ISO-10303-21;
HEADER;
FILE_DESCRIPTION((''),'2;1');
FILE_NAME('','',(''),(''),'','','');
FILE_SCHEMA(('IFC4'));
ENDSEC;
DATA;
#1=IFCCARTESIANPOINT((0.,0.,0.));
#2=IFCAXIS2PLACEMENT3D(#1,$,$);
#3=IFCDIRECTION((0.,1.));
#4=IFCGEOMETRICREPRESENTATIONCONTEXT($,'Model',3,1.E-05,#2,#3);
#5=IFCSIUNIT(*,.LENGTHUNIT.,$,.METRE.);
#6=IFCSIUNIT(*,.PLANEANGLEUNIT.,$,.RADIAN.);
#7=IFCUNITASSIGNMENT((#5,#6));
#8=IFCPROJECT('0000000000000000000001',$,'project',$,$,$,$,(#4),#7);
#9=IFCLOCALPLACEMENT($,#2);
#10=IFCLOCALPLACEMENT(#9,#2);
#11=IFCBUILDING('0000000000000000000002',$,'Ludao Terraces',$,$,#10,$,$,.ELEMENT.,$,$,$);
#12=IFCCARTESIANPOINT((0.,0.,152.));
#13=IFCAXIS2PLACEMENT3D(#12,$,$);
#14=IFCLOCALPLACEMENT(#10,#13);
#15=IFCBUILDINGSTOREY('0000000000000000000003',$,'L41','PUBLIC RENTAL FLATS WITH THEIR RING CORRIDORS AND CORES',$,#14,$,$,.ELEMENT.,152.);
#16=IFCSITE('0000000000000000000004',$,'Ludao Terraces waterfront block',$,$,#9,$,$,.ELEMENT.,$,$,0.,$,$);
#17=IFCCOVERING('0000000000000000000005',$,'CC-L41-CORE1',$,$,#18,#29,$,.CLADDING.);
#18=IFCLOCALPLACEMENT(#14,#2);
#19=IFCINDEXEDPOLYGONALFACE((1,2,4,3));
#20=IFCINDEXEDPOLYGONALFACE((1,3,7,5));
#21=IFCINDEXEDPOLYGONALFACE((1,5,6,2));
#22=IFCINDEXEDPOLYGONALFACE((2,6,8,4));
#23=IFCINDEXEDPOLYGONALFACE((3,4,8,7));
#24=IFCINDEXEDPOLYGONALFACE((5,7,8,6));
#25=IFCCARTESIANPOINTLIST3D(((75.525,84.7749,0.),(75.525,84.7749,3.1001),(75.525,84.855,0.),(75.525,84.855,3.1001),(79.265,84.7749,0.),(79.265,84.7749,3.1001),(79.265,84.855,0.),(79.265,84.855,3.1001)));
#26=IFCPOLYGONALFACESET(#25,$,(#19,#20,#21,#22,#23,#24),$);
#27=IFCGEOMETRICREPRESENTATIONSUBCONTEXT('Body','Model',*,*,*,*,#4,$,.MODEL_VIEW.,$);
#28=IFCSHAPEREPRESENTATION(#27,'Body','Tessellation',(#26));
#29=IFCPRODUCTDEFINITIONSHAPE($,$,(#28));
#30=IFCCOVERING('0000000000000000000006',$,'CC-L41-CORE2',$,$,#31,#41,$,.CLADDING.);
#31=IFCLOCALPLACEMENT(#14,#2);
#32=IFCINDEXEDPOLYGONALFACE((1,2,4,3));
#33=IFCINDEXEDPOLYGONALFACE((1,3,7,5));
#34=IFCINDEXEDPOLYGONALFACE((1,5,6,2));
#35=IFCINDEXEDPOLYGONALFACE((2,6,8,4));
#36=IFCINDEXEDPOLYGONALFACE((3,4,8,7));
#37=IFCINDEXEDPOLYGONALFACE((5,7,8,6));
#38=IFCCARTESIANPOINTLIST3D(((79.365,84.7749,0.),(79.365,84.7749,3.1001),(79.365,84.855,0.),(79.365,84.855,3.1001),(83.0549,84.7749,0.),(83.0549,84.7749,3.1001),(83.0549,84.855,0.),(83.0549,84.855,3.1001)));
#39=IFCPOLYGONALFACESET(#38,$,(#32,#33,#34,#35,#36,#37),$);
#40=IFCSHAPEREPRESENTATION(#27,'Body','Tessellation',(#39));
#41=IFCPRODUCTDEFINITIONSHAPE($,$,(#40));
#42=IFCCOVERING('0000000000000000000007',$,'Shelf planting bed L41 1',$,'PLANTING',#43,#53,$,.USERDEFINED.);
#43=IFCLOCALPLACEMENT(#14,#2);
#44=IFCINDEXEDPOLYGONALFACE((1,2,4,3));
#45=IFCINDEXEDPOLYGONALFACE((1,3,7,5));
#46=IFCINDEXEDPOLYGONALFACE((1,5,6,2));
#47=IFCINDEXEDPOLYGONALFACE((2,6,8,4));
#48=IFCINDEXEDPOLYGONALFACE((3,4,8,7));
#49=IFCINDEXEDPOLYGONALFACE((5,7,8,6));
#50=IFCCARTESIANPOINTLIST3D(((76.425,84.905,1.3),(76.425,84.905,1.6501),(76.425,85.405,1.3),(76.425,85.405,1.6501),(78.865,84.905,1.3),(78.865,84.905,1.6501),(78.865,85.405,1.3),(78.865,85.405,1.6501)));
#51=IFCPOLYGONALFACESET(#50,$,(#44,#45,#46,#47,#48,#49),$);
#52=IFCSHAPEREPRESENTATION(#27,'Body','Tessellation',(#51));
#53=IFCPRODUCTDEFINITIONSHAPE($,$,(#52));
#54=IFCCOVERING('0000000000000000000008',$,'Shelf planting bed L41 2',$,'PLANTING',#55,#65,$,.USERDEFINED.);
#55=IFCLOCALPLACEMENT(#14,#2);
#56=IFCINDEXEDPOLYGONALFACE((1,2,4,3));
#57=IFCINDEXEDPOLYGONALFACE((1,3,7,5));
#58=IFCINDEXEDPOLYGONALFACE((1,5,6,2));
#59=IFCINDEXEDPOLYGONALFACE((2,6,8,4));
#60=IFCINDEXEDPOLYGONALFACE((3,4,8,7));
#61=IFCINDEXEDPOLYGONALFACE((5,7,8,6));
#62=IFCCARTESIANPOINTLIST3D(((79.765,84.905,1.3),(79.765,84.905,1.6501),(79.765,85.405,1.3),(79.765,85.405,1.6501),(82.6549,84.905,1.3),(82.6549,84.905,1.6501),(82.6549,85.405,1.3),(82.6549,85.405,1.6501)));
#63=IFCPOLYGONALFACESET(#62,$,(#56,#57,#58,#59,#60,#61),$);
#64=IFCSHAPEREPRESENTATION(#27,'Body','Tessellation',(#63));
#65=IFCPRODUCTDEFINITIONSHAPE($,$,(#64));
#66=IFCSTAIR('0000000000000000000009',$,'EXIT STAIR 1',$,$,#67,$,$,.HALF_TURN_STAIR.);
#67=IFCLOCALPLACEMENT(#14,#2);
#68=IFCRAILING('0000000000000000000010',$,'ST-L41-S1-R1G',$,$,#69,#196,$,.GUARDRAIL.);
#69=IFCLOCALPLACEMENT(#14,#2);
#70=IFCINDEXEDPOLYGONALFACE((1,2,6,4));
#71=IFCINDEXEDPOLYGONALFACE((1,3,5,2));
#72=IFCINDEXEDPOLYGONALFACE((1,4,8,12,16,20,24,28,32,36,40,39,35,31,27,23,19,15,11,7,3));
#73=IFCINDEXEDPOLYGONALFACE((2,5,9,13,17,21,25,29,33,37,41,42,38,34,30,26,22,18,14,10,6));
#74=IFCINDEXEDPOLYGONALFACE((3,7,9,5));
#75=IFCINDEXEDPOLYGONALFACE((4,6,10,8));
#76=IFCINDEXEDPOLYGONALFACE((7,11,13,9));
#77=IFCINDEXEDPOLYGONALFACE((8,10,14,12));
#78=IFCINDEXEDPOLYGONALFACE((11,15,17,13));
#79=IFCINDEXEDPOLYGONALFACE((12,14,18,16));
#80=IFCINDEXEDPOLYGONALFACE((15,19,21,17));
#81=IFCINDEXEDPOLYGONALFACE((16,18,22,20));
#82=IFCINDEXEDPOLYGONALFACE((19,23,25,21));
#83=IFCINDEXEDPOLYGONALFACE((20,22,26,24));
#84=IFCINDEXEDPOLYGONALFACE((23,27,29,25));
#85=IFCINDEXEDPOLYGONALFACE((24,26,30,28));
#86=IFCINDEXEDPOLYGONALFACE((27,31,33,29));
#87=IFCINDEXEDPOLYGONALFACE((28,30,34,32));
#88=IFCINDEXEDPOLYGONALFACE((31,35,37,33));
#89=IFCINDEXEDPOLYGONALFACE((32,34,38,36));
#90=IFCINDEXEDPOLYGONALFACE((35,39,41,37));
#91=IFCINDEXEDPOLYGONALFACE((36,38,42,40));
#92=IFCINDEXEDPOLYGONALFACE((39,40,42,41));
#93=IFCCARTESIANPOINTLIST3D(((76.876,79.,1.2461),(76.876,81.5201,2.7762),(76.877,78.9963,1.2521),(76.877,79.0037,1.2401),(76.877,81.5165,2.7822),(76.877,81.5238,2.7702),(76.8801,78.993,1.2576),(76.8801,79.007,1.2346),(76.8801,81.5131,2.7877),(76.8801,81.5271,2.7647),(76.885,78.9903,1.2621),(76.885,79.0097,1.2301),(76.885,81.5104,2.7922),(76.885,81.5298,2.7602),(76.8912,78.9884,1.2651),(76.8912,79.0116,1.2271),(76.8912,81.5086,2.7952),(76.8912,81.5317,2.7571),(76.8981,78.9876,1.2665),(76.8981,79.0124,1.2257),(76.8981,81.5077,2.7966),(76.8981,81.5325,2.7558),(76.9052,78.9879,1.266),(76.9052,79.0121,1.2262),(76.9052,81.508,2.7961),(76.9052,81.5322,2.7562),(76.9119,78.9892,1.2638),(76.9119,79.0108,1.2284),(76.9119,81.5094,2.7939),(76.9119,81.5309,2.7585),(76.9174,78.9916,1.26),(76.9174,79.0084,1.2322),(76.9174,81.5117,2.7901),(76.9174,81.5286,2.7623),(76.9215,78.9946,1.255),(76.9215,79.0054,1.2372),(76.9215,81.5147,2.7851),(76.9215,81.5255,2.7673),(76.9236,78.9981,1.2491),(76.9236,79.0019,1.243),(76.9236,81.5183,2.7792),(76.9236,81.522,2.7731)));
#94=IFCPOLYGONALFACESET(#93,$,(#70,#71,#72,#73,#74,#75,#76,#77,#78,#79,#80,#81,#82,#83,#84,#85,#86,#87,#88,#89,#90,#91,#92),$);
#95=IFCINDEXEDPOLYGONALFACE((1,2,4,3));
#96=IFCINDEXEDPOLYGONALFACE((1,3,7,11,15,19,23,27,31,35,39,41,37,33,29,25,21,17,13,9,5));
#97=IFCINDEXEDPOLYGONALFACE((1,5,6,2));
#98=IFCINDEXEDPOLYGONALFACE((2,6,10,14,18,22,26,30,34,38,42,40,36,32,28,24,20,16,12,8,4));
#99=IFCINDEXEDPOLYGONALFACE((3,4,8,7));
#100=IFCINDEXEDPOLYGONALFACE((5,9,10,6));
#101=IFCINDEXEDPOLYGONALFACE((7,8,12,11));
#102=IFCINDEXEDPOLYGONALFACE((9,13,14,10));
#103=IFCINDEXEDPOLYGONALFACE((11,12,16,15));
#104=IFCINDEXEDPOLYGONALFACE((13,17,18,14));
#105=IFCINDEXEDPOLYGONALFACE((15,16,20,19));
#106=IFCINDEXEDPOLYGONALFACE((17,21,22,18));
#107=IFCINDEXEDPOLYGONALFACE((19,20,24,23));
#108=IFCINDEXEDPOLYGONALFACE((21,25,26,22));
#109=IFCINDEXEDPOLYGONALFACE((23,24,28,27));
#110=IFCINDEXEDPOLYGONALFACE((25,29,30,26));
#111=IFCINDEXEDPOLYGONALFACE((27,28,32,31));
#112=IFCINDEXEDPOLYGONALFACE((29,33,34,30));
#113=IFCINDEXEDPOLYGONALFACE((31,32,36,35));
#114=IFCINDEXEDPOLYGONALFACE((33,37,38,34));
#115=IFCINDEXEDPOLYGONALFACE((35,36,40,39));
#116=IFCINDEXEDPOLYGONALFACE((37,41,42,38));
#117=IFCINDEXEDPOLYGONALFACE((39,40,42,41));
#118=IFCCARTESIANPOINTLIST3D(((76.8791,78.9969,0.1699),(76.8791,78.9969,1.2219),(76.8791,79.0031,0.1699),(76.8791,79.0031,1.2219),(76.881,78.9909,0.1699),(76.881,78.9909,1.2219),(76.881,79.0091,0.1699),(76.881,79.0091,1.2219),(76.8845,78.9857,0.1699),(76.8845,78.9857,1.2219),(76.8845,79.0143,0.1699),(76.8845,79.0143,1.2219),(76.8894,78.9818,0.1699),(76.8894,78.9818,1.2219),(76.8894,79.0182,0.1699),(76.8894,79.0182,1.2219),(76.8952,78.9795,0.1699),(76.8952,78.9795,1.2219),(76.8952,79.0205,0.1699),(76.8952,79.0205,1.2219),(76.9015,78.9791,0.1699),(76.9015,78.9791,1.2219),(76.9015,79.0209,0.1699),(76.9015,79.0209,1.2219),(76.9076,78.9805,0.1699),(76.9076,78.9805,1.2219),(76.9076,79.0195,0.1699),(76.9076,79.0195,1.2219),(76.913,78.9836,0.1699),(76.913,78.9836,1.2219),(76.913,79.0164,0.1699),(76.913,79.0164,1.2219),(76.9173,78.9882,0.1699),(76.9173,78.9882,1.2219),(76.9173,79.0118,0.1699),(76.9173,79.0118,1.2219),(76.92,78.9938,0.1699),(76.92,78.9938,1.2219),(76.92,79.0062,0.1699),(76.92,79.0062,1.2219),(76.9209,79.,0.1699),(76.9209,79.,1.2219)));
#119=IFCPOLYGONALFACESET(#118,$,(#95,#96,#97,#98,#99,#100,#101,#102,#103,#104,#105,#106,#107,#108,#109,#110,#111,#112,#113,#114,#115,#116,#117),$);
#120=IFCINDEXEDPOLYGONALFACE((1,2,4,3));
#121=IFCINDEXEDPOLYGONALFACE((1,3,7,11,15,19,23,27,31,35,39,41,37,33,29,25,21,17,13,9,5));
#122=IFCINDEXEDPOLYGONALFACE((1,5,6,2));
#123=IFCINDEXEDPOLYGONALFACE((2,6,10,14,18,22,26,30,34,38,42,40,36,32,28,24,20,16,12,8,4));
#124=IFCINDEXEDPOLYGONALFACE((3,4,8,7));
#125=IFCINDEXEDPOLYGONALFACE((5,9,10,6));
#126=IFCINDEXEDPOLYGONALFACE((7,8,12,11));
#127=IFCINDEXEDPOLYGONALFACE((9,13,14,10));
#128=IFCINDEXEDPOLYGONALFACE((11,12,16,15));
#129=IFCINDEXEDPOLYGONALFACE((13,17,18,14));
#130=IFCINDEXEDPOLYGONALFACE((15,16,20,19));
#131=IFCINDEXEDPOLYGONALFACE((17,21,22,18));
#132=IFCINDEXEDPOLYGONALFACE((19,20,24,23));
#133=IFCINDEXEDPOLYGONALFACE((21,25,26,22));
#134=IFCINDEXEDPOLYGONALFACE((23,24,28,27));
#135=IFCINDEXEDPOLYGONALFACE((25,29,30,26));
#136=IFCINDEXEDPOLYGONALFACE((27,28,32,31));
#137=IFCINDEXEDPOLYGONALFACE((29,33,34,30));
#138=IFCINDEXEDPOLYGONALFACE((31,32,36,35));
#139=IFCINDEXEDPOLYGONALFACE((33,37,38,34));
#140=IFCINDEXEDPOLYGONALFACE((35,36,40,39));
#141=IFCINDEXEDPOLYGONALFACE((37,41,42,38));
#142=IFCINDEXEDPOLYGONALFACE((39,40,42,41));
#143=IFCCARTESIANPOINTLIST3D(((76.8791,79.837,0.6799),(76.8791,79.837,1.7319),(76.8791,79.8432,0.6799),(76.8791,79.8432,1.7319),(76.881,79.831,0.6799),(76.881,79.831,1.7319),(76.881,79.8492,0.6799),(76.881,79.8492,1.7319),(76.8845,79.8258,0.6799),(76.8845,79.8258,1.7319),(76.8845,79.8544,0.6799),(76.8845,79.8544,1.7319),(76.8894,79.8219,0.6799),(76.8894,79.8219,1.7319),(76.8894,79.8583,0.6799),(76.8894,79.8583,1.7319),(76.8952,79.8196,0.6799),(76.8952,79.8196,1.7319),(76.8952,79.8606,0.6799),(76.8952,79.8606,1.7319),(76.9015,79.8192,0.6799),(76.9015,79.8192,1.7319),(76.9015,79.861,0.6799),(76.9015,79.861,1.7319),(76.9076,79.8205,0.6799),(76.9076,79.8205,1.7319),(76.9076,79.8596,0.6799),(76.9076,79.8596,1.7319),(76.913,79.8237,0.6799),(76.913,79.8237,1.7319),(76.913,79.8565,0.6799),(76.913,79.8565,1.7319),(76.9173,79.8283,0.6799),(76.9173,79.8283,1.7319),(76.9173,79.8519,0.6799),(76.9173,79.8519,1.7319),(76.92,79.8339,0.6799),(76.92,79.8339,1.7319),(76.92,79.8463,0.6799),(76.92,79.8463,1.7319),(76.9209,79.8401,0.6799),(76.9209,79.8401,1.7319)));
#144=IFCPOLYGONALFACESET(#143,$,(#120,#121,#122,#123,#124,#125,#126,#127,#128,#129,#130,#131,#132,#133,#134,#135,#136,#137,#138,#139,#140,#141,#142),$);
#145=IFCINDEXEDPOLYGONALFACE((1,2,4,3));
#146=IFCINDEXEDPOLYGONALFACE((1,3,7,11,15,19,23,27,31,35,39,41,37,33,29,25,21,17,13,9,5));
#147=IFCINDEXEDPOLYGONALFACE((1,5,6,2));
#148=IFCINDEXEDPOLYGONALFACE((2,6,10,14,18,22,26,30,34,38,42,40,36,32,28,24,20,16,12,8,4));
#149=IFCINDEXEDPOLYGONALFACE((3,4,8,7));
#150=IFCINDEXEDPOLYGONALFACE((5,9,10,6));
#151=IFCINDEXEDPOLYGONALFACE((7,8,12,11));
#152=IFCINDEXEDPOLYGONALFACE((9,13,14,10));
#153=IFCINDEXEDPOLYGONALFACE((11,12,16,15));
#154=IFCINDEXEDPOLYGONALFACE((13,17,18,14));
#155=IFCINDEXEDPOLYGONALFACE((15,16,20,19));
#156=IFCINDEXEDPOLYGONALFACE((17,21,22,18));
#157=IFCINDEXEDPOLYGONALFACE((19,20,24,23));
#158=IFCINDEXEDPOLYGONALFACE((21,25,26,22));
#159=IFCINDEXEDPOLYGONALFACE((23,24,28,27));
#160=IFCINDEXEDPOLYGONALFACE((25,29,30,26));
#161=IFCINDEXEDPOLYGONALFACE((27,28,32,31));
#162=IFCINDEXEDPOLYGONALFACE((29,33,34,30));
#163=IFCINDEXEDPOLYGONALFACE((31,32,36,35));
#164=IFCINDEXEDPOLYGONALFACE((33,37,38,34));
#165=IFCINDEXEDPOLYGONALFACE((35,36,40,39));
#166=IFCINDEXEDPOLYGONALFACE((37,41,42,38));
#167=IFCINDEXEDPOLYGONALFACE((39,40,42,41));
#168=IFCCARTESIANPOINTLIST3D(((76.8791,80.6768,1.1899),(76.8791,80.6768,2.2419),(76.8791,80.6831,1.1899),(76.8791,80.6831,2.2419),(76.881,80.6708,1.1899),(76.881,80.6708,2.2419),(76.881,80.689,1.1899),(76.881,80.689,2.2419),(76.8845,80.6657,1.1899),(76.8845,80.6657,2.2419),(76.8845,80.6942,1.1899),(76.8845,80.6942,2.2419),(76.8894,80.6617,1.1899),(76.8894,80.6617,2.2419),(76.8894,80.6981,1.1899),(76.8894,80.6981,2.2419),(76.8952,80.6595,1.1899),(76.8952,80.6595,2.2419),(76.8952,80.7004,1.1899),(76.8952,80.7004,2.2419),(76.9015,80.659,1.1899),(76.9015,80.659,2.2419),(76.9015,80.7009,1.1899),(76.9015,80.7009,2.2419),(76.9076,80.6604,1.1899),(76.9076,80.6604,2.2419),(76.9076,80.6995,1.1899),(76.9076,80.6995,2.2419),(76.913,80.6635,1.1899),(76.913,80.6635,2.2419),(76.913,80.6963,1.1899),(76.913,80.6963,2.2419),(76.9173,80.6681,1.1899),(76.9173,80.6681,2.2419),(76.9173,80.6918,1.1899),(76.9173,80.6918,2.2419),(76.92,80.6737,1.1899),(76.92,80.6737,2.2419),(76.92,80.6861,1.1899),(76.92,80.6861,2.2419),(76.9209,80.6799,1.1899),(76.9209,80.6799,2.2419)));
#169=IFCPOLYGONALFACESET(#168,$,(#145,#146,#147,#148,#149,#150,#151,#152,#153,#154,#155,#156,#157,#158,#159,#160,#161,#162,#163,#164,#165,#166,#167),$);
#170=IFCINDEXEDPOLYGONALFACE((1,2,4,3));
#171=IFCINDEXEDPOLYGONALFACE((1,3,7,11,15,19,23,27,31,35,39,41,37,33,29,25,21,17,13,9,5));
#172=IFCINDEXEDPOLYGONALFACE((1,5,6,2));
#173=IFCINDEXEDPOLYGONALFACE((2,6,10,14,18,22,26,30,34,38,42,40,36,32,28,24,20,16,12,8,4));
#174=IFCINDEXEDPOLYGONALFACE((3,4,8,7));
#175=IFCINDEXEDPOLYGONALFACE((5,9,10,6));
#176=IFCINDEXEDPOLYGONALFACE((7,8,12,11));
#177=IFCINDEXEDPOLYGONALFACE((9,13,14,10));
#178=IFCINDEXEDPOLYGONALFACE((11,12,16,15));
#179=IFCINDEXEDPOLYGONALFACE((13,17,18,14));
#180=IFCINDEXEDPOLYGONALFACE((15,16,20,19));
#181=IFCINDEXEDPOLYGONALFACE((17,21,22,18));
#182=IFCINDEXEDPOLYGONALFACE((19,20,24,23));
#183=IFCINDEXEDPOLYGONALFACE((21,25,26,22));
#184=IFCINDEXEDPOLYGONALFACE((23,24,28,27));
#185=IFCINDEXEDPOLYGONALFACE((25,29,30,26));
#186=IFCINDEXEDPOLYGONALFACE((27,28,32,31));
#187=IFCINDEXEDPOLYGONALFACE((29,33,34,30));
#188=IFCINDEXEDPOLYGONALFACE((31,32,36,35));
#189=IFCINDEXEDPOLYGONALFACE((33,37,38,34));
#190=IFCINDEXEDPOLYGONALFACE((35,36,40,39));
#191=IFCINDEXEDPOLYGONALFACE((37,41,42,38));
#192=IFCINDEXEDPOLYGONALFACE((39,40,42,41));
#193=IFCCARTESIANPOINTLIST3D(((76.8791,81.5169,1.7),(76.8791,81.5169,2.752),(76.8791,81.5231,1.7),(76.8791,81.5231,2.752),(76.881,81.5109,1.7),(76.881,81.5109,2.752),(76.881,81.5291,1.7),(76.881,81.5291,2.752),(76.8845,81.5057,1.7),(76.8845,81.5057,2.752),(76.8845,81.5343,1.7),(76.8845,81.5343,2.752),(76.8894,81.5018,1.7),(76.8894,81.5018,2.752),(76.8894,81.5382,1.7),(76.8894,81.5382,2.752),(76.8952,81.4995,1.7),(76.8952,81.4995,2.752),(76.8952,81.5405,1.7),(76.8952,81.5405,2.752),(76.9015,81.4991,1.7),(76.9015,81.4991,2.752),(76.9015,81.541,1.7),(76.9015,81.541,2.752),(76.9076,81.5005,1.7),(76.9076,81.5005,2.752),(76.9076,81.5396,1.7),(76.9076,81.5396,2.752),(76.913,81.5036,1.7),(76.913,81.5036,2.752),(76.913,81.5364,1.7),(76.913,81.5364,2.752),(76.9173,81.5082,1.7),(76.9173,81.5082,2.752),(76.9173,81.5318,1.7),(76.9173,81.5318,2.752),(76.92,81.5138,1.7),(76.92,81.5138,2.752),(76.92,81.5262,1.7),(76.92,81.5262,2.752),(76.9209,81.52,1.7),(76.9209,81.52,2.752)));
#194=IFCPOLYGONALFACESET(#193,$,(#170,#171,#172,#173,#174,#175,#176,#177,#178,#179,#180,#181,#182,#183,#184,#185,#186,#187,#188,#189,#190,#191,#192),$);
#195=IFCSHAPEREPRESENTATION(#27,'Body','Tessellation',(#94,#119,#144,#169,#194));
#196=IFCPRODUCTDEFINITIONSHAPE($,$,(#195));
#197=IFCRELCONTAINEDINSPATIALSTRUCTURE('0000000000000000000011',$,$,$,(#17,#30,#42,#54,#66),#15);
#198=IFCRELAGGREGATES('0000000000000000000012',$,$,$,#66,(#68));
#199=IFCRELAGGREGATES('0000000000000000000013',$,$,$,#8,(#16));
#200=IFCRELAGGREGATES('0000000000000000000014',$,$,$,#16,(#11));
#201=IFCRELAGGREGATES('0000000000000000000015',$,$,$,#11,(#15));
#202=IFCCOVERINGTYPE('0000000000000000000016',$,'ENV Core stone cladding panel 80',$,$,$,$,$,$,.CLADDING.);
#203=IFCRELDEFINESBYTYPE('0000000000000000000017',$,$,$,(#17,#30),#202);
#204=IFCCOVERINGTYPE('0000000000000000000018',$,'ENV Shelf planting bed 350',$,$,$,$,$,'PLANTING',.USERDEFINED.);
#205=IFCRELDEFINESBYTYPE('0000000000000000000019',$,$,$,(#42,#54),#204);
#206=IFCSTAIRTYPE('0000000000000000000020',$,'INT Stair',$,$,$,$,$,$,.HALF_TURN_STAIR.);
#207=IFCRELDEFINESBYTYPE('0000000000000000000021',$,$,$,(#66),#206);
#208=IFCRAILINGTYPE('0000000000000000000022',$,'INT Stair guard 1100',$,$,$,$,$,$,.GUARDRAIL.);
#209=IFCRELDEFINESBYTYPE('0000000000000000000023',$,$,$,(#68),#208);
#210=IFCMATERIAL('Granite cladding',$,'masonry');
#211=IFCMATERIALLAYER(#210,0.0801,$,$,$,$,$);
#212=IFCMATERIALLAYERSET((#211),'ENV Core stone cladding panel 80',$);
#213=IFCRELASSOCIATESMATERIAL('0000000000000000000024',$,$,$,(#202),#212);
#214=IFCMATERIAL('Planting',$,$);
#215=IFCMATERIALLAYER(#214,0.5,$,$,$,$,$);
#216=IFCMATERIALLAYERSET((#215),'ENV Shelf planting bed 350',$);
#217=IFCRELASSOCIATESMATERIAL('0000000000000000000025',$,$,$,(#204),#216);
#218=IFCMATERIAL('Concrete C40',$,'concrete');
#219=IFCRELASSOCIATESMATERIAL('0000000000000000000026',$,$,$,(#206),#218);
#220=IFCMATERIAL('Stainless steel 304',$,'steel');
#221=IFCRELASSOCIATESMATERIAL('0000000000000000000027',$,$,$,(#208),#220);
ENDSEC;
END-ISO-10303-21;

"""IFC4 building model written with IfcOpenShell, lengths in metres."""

from ifc_helpers import new_model, si_unit, direction, frame, origin, origin_2d, place, context, subcontext, project, spatial, rectangle, circle, extrude, material, layer, layer_set, type_object, element, aggregate, save


model = new_model("IFC4")

# Units and contexts
model_context = context("Model", 3, precision=1e-05, world=origin(), true_north=direction((0.0, 1.0)))
body_context = subcontext(model_context, "Body", "Model", "MODEL_VIEW")
ifc_project = project(units=[si_unit("LENGTHUNIT", "METRE"), si_unit("PLANEANGLEUNIT", "RADIAN")], contexts=[model_context])

# Site, building, storey
site_placement = place(None, origin())
site = spatial("IfcSite", under=ifc_project, at=site_placement, Name="Ludao Terraces waterfront block", CompositionType="ELEMENT", RefElevation=0.0)
building_placement = place(site_placement, origin())
building = spatial("IfcBuilding", under=site, at=building_placement, Name="Ludao Terraces", CompositionType="ELEMENT")
storey_placement = place(building_placement, frame((0.0, 0.0, 152.0)))
storey = spatial("IfcBuildingStorey", under=building, at=storey_placement, Name="L41", Description="PUBLIC RENTAL FLATS WITH THEIR RING CORRIDORS AND CORES", CompositionType="ELEMENT", Elevation=152.0)

# Shared definitions
ifc_material_1 = material(Name="Stainless steel 304", Category="steel")

# Coverings
ifc_material_2 = material(Name="Granite cladding", Category="masonry")
ifc_layer_1 = layer(ifc_material_2, 0.0801)
ifc_layer_set_1 = layer_set([ifc_layer_1], Name="ENV Core stone cladding panel 80")
covering_type_1 = type_object("IfcCoveringType", Name="ENV Core stone cladding panel 80", PredefinedType="CLADDING", material=ifc_layer_set_1)
covering_1_placement = place(storey_placement, frame((77.395, 84.8149, 0.0), z_axis=(0.0, 0.0, 1.0), x_axis=(1.0, 0.0, 0.0)))
element("IfcCovering", 1, at=covering_1_placement, inside=storey, type_object=covering_type_1, Name="CC-L41-CORE1", PredefinedType="CLADDING", context=body_context, shape_type="SweptSolid", body=[
    extrude(rectangle(XDim=3.74, YDim=0.0801, at=origin_2d()), origin(), (0.0, 0.0, 1.0), 3.1001),
])
covering_2_placement = place(storey_placement, frame((81.21, 84.8149, 0.0), z_axis=(0.0, 0.0, 1.0), x_axis=(1.0, 0.0, 0.0)))
element("IfcCovering", 2, at=covering_2_placement, inside=storey, type_object=covering_type_1, Name="CC-L41-CORE2", PredefinedType="CLADDING", context=body_context, shape_type="SweptSolid", body=[
    extrude(rectangle(XDim=3.6899, YDim=0.0801, at=origin_2d()), origin(), (0.0, 0.0, 1.0), 3.1001),
])
ifc_material_3 = material(Name="Planting")
ifc_layer_2 = layer(ifc_material_3, 0.5)
ifc_layer_set_2 = layer_set([ifc_layer_2], Name="ENV Shelf planting bed 350")
covering_type_2 = type_object("IfcCoveringType", Name="ENV Shelf planting bed 350", ElementType="PLANTING", PredefinedType="USERDEFINED", material=ifc_layer_set_2)
covering_3_placement = place(storey_placement, frame((77.645, 85.155, 1.3), z_axis=(0.0, 0.0, 1.0), x_axis=(1.0, 0.0, 0.0)))
element("IfcCovering", 3, at=covering_3_placement, inside=storey, type_object=covering_type_2, Name="Shelf planting bed L41 1", ObjectType="PLANTING", PredefinedType="USERDEFINED", context=body_context, shape_type="SweptSolid", body=[
    extrude(rectangle(XDim=2.4399, YDim=0.5, at=origin_2d()), origin(), (0.0, 0.0, 1.0), 0.3501),
])
covering_4_placement = place(storey_placement, frame((81.21, 85.155, 1.3), z_axis=(0.0, 0.0, 1.0), x_axis=(1.0, 0.0, 0.0)))
element("IfcCovering", 4, at=covering_4_placement, inside=storey, type_object=covering_type_2, Name="Shelf planting bed L41 2", ObjectType="PLANTING", PredefinedType="USERDEFINED", context=body_context, shape_type="SweptSolid", body=[
    extrude(rectangle(XDim=2.8899, YDim=0.5, at=origin_2d()), origin(), (0.0, 0.0, 1.0), 0.3501),
])

# Stair, railing
ifc_material_4 = material(Name="Concrete C40", Category="concrete")
stair_type = type_object("IfcStairType", Name="INT Stair", PredefinedType="HALF_TURN_STAIR", material=ifc_material_4)
stair_placement = place(storey_placement, origin())
stair = element("IfcStair", 5, at=stair_placement, inside=storey, type_object=stair_type, Name="EXIT STAIR 1", PredefinedType="HALF_TURN_STAIR")
railing_type_1 = type_object("IfcRailingType", Name="INT Stair guard 1100", PredefinedType="GUARDRAIL", material=ifc_material_1)
railing_1_placement = place(storey_placement, frame((76.8999, 79.0, 0.1699)))
railing_1 = element("IfcRailing", 6, at=railing_1_placement, type_object=railing_type_1, Name="ST-L41-S1-R1G", PredefinedType="GUARDRAIL", context=body_context, shape_type="SweptSolid", body=[
    extrude(circle(Radius=0.0239, at=origin_2d()), frame((0.0, 0.0, 1.0762), z_axis=(0.0, 0.854785, 0.518982), x_axis=(-1.0, 0.0, 0.0)), (0.0, 0.0, 1.0), 2.9482),
    extrude(circle(Radius=0.021, at=origin_2d()), origin(), (0.0, 0.0, 1.0), 1.052),
    extrude(circle(Radius=0.021, at=origin_2d()), frame((0.0, 0.8401, 0.51)), (0.0, 0.0, 1.0), 1.052),
    extrude(circle(Radius=0.021, at=origin_2d()), frame((0.0, 1.6799, 1.02)), (0.0, 0.0, 1.0), 1.052),
    extrude(circle(Radius=0.021, at=origin_2d()), frame((0.0, 2.52, 1.53)), (0.0, 0.0, 1.0), 1.052),
])
aggregate(stair, [railing_1])

save(model, "model.ifc")
